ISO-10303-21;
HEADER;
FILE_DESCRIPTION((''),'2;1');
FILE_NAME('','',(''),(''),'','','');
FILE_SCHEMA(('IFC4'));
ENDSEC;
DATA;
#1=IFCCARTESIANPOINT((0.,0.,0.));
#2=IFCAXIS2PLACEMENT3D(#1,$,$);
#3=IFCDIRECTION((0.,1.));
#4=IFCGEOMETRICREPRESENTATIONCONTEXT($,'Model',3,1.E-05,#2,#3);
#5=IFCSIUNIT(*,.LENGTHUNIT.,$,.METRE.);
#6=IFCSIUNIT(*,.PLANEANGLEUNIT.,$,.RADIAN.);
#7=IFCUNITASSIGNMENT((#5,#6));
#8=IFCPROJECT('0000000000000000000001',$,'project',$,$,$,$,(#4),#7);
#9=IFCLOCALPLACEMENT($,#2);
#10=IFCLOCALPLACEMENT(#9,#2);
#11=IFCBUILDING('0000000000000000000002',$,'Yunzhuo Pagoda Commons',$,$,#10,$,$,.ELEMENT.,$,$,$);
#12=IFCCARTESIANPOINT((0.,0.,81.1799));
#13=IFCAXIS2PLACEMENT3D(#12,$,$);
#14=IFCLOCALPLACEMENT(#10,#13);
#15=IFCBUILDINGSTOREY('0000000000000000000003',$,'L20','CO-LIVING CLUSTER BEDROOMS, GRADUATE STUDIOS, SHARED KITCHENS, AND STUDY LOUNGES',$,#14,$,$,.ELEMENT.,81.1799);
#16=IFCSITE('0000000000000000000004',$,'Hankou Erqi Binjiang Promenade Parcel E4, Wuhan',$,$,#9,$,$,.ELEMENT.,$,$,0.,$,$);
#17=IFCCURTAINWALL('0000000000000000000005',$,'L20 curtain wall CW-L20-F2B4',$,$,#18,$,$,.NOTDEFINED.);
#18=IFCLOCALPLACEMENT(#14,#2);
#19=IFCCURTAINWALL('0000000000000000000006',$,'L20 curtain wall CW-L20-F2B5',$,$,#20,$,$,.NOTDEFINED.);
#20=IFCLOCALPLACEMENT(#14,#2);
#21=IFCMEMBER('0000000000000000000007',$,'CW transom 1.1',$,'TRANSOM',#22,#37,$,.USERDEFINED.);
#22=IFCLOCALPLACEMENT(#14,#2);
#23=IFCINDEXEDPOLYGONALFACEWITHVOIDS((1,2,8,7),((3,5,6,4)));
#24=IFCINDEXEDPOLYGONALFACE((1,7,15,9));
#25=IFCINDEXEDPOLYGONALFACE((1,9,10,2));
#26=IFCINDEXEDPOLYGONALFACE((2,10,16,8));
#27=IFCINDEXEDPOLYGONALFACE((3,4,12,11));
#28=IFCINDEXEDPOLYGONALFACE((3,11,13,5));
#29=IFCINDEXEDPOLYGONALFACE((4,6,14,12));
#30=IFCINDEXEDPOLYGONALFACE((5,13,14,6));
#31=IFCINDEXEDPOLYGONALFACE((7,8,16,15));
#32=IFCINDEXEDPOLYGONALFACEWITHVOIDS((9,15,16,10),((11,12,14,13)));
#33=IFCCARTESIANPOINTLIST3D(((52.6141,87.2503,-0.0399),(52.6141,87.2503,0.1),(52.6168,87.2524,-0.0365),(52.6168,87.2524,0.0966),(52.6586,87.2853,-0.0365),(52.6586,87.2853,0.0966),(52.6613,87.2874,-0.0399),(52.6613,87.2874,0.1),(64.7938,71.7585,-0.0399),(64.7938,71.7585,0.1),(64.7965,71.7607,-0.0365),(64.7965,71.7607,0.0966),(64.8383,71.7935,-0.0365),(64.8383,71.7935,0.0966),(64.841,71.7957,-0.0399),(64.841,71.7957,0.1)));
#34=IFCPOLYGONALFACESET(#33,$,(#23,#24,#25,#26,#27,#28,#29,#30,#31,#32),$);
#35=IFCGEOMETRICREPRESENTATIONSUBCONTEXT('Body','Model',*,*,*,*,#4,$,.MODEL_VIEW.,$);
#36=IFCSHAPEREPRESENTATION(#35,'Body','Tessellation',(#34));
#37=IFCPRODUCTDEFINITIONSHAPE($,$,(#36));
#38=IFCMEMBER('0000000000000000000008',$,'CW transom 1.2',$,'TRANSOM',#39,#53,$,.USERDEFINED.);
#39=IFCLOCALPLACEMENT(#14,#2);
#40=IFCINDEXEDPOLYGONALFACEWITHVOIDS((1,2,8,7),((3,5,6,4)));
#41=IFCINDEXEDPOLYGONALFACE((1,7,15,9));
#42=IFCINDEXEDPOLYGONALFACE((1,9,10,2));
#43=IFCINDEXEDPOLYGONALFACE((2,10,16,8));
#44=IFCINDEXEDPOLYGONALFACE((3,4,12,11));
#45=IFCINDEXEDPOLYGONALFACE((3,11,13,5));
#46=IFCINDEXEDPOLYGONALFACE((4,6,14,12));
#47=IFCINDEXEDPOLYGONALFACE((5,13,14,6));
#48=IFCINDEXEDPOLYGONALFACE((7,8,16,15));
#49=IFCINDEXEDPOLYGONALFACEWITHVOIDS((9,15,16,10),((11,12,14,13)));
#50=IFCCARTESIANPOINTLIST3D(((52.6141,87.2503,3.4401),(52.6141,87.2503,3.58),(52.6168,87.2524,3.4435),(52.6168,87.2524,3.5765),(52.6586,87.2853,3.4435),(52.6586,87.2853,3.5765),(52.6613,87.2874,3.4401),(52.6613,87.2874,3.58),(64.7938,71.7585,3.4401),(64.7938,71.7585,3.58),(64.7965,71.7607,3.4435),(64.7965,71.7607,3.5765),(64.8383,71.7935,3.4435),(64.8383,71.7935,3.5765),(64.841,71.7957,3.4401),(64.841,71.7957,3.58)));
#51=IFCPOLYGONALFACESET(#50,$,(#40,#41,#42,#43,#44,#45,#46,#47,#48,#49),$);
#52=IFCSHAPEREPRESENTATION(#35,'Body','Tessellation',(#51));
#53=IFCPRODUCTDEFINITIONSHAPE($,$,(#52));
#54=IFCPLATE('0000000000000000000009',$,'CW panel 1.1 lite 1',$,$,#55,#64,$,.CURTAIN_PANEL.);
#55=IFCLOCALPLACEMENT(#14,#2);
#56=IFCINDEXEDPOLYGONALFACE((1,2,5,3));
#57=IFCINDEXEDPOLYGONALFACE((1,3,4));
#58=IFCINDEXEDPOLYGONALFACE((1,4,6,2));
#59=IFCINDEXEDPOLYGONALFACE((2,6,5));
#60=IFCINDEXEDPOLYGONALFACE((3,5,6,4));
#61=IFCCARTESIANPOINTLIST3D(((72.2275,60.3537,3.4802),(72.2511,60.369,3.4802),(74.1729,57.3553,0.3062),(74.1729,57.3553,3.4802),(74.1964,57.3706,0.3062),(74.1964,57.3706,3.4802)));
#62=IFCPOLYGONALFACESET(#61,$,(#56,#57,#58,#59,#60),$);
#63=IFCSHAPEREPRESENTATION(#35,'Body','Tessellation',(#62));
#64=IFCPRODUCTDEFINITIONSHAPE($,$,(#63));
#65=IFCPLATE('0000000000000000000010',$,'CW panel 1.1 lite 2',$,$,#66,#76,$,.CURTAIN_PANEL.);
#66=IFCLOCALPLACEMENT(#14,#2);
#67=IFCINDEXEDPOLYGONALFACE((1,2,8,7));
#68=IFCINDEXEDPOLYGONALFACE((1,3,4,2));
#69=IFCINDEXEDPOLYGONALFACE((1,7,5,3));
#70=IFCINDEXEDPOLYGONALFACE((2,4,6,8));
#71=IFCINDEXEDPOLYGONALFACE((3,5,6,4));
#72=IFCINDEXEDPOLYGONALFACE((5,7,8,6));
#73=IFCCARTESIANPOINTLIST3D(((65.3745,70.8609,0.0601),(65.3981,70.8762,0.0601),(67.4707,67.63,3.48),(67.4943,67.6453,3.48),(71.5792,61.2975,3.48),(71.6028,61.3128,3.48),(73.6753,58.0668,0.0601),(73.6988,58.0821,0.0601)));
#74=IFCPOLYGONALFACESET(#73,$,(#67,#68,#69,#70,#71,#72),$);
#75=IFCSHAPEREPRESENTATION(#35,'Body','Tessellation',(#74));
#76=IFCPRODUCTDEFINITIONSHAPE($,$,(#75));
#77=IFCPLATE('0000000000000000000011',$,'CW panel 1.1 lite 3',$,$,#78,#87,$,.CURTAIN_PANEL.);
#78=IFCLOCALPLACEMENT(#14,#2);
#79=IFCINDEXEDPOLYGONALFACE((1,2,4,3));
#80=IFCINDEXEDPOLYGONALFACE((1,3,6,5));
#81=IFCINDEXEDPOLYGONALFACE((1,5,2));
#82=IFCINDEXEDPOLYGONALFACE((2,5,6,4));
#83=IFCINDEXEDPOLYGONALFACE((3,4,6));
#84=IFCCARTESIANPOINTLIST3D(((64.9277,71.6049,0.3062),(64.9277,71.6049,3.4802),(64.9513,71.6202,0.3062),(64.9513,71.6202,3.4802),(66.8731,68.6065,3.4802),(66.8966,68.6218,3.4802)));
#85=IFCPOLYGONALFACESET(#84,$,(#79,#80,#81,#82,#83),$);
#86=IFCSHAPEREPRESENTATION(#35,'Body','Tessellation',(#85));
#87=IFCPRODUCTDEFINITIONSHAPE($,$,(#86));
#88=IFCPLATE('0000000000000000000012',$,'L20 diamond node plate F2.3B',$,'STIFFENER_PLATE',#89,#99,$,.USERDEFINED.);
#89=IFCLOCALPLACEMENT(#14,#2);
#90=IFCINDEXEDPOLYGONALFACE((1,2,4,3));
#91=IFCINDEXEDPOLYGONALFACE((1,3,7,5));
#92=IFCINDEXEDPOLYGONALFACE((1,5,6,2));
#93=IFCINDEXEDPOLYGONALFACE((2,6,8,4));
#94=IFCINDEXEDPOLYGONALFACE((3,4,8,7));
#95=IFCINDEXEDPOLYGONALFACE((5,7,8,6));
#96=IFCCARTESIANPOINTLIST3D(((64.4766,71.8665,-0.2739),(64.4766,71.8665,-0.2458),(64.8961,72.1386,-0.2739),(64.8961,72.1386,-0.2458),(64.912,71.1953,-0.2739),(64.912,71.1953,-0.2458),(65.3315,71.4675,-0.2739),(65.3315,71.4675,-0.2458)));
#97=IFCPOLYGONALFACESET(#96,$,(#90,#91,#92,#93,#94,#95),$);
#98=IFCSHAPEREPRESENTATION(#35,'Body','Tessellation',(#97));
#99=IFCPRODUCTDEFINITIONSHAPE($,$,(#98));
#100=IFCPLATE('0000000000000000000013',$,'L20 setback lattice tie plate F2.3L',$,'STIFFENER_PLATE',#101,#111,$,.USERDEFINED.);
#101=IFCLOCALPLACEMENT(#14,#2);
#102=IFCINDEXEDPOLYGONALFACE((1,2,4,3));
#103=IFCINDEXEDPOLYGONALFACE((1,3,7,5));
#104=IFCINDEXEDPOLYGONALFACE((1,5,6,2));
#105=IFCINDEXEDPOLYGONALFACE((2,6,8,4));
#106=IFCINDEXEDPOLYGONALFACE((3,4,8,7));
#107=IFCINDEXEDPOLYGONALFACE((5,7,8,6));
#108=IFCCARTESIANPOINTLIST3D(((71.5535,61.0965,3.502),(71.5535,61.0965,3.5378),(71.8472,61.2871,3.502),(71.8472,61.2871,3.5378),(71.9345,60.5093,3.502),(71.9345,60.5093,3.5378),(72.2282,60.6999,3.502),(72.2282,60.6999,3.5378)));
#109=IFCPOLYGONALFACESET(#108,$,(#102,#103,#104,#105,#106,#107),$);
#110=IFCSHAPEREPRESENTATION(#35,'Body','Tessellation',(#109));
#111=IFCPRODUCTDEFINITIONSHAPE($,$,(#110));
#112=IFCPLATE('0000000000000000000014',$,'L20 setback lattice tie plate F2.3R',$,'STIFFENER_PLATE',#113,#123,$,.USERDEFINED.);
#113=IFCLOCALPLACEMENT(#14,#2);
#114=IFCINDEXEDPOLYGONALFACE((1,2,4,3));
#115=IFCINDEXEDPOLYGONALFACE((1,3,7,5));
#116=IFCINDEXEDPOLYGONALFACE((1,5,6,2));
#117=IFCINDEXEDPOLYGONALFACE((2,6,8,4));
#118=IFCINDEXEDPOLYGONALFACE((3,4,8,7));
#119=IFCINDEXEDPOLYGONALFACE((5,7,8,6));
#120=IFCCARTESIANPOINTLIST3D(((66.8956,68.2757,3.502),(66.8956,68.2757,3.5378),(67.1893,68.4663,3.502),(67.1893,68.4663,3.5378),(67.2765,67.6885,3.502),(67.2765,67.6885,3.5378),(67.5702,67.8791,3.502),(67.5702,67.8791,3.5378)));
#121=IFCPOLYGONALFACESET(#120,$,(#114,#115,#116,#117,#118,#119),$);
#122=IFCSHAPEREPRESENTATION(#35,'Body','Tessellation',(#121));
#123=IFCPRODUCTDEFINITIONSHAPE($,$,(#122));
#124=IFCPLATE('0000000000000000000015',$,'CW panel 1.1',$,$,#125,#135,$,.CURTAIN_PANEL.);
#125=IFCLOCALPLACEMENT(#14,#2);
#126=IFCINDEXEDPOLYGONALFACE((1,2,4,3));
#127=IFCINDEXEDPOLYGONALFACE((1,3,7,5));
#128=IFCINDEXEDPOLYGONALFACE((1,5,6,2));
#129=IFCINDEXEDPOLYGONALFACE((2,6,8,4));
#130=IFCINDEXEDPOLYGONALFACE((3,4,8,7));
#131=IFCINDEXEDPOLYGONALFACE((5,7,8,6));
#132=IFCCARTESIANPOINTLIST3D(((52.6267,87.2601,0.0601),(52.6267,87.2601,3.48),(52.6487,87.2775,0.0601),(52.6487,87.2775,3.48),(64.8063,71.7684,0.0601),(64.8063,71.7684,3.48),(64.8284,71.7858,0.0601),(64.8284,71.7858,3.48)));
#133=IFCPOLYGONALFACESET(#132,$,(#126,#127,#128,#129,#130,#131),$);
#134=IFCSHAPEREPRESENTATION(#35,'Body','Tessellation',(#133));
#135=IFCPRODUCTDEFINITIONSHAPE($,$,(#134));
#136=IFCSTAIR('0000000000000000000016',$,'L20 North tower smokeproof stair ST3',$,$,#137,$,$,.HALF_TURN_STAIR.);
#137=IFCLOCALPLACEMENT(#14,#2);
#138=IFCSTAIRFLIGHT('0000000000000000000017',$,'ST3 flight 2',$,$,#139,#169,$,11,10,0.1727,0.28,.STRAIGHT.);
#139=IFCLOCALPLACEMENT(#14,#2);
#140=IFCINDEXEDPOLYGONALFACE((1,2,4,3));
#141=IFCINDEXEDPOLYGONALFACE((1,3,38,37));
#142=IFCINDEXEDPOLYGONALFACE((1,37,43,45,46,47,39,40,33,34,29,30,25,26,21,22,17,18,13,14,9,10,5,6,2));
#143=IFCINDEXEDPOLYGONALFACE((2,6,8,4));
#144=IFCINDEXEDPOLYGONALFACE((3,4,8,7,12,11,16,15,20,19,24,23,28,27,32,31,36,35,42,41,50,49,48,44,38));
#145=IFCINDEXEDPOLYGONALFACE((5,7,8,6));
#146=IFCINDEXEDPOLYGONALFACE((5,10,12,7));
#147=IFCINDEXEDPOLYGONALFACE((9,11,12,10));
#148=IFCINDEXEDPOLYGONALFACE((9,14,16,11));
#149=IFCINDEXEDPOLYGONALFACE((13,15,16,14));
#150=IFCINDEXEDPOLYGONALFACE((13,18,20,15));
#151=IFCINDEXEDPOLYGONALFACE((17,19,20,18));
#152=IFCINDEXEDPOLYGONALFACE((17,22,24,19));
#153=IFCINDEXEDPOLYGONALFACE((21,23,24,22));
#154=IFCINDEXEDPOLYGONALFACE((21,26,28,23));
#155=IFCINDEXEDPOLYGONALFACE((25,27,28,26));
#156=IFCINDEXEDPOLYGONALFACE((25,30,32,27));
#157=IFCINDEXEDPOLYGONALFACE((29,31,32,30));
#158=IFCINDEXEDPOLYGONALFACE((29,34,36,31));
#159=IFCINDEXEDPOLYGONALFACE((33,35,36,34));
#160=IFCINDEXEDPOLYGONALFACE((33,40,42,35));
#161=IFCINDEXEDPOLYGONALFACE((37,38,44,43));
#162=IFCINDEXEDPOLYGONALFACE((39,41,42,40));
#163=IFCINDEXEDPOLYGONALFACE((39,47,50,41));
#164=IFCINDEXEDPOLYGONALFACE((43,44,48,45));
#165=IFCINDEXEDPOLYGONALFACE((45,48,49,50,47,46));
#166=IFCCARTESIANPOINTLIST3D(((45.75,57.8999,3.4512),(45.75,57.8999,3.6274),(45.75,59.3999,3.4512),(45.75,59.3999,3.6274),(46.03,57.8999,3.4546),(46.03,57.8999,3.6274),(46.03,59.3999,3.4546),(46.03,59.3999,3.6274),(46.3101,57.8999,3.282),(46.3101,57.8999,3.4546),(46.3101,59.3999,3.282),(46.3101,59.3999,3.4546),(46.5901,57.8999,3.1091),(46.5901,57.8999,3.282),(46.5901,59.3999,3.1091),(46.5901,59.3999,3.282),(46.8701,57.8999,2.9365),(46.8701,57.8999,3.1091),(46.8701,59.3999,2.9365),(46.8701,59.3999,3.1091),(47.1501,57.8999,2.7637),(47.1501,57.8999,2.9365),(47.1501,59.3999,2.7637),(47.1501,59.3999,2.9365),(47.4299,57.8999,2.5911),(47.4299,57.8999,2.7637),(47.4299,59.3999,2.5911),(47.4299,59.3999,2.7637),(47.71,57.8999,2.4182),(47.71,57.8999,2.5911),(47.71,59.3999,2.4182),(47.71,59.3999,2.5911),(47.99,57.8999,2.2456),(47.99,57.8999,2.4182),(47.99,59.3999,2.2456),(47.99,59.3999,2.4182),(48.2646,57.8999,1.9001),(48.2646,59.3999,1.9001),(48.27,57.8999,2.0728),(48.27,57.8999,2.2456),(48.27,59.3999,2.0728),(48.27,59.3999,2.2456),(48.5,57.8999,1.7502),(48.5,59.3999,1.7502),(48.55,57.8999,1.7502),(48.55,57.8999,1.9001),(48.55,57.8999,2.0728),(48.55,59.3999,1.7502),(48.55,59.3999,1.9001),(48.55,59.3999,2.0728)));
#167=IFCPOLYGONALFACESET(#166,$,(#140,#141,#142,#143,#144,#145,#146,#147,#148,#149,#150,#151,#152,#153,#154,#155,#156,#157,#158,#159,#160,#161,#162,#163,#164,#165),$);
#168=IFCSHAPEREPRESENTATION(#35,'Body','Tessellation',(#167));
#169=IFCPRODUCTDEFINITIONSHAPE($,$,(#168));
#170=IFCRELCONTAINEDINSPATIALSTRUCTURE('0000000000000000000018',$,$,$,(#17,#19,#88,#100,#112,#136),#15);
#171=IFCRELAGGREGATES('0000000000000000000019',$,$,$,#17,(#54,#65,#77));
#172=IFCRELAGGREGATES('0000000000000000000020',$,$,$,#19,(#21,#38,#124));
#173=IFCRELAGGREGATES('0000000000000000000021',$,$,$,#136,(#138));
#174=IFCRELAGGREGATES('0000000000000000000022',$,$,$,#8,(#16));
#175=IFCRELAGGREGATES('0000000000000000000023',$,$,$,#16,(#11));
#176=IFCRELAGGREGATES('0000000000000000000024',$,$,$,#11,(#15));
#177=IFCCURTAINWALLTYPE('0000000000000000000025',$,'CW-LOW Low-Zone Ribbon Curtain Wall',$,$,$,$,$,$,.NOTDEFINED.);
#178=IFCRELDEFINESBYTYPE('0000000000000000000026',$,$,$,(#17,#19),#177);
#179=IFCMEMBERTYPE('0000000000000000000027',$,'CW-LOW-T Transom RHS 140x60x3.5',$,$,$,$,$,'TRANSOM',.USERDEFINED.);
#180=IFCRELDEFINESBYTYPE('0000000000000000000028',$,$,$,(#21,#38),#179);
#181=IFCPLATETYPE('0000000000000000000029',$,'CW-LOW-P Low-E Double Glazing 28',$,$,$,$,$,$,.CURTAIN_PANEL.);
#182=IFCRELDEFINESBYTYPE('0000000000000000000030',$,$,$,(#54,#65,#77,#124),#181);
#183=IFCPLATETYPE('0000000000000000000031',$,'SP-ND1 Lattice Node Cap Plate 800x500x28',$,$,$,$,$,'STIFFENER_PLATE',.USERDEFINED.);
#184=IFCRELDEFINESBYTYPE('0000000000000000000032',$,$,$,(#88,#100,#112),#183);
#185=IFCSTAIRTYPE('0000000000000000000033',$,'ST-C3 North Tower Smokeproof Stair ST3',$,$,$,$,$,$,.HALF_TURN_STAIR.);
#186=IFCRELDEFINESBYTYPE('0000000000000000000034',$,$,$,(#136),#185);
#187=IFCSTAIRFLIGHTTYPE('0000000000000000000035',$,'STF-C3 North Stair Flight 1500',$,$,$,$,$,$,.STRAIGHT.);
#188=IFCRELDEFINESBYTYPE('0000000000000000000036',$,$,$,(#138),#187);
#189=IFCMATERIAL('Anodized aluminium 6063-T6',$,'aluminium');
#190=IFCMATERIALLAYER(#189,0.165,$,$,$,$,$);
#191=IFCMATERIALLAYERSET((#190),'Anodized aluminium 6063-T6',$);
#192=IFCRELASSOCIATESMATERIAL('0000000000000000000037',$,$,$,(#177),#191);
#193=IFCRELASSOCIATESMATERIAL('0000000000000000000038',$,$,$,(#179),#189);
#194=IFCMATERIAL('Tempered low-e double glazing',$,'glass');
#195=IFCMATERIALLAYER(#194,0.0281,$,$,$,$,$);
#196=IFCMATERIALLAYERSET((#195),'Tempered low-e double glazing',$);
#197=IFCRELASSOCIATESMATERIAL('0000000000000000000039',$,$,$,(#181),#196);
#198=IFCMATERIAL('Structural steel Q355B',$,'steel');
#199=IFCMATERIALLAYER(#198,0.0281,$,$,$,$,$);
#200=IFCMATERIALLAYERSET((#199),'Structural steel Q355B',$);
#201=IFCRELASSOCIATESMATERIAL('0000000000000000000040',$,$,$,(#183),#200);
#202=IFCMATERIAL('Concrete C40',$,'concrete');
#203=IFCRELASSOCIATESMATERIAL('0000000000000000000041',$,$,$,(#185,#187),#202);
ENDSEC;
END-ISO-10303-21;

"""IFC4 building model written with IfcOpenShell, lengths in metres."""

from ifc_helpers import new_model, si_unit, direction, frame, origin, origin_2d, place, context, subcontext, project, spatial, polyline, rectangle, hollow_rectangle, outline, extrude, source, transform, mapped, material, layer, layer_set, material_profile, profile_set, type_object, element, aggregate, save


model = new_model("IFC4")

# Units and contexts
model_context = context("Model", 3, precision=1e-05, world=origin(), true_north=direction((0.0, 1.0)))
body_context = subcontext(model_context, "Body", "Model", "MODEL_VIEW")
ifc_project = project(units=[si_unit("LENGTHUNIT", "METRE"), si_unit("PLANEANGLEUNIT", "RADIAN")], contexts=[model_context])

# Site, building, storey
site_placement = place(None, origin())
site = spatial("IfcSite", under=ifc_project, at=site_placement, Name="Hankou Erqi Binjiang Promenade Parcel E4, Wuhan", CompositionType="ELEMENT", RefElevation=0.0)
building_placement = place(site_placement, origin())
building = spatial("IfcBuilding", under=site, at=building_placement, Name="Yunzhuo Pagoda Commons", CompositionType="ELEMENT")
storey_placement = place(building_placement, frame((0.0, 0.0, 81.1799)))
storey = spatial("IfcBuildingStorey", under=building, at=storey_placement, Name="L20", Description="CO-LIVING CLUSTER BEDROOMS, GRADUATE STUDIOS, SHARED KITCHENS, AND STUDY LOUNGES", CompositionType="ELEMENT", Elevation=81.1799)

# Shared definitions
ifc_material_1 = material(Name="Structural steel Q355B", Category="steel")

# Curtain wall
ifc_material_2 = material(Name="Anodized aluminium 6063-T6", Category="aluminium")
ifc_layer_1 = layer(ifc_material_2, 0.165)
ifc_layer_set_1 = layer_set([ifc_layer_1], Name="Anodized aluminium 6063-T6")
curtain_wall_type = type_object("IfcCurtainWallType", Name="CW-LOW Low-Zone Ribbon Curtain Wall", PredefinedType="NOTDEFINED", material=ifc_layer_set_1)
curtain_wall_1_placement = place(storey_placement, origin())
curtain_wall_1 = element("IfcCurtainWall", 1, at=curtain_wall_1_placement, inside=storey, type_object=curtain_wall_type, Name="L20 curtain wall CW-L20-F2B4", PredefinedType="NOTDEFINED")

# Curtain wall, members
curtain_wall_2_placement = place(storey_placement, origin())
curtain_wall_2 = element("IfcCurtainWall", 2, at=curtain_wall_2_placement, inside=storey, type_object=curtain_wall_type, Name="L20 curtain wall CW-L20-F2B5", PredefinedType="NOTDEFINED")
ifc_material_profile_1 = material_profile(ifc_material_2, hollow_rectangle(XDim=0.0601, YDim=0.1399, WallThickness=0.0034, at=origin_2d()), Name="Anodized aluminium 6063-T6")
ifc_profile_set_1 = profile_set([ifc_material_profile_1], Name="Anodized aluminium 6063-T6")
member_type_1 = type_object("IfcMemberType", Name="CW-LOW-T Transom RHS 140x60x3.5", ElementType="TRANSOM", PredefinedType="USERDEFINED", material=ifc_profile_set_1)
shared_shape_1 = source(origin(), body_context, "Body", "SweptSolid", [
    extrude(hollow_rectangle(XDim=0.0601, YDim=0.1399, WallThickness=0.0034, at=origin_2d()), origin(), (0.0, 0.0, 1.0), 19.7063),
])
member_1_placement = place(storey_placement, frame((64.8174, 71.7771, 0.03), z_axis=(-0.618061, 0.78613, 0.0), x_axis=(-0.78613, -0.618061, 0.0)))
member_1 = element("IfcMember", 3, at=member_1_placement, type_object=member_type_1, Name="CW transom 1.1", ObjectType="TRANSOM", PredefinedType="USERDEFINED", context=body_context, shape_type="MappedRepresentation", body=[
    mapped(shared_shape_1, transform((0.0, 0.0, 0.0), scale=1.0)),
])
member_2_placement = place(storey_placement, frame((64.8174, 71.7771, 3.51), z_axis=(-0.618061, 0.78613, 0.0), x_axis=(-0.78613, -0.618061, 0.0)))
member_2 = element("IfcMember", 4, at=member_2_placement, type_object=member_type_1, Name="CW transom 1.2", ObjectType="TRANSOM", PredefinedType="USERDEFINED", context=body_context, shape_type="MappedRepresentation", body=[
    mapped(shared_shape_1, transform((0.0, 0.0, 0.0), scale=1.0)),
])

# Plates
ifc_material_3 = material(Name="Tempered low-e double glazing", Category="glass")
ifc_layer_2 = layer(ifc_material_3, 0.0281)
ifc_layer_set_2 = layer_set([ifc_layer_2], Name="Tempered low-e double glazing")
plate_type_1 = type_object("IfcPlateType", Name="CW-LOW-P Low-E Double Glazing 28", PredefinedType="CURTAIN_PANEL", material=ifc_layer_set_2)
plate_1_placement = place(storey_placement, frame((73.2002, 58.8545, 1.8931), z_axis=(0.838907, 0.544275, 0.0), x_axis=(-0.544275, 0.838907, 0.0)))
plate_1 = element("IfcPlate", 5, at=plate_1_placement, type_object=plate_type_1, Name="CW panel 1.1 lite 1", PredefinedType="CURTAIN_PANEL", context=body_context, shape_type="SweptSolid", body=[
    extrude(outline(polyline([(-1.7871, -1.5869), (1.7871, 1.5872), (-1.7871, 1.5872), (-1.7871, -1.5869)])), origin(), (0.0, 0.0, 1.0), 0.0281),
])
plate_2_placement = place(storey_placement, frame((69.5249, 64.4639, 1.77), z_axis=(0.838907, 0.544275, 0.0), x_axis=(-0.544275, 0.838907, 0.0)))
plate_2 = element("IfcPlate", 6, at=plate_2_placement, type_object=plate_type_1, Name="CW panel 1.1 lite 2", PredefinedType="CURTAIN_PANEL", context=body_context, shape_type="SweptSolid", body=[
    extrude(outline(polyline([(-7.6255, -1.71), (7.6255, -1.71), (3.7742, 1.71), (-3.7744, 1.71), (-7.6255, -1.71)])), origin(), (0.0, 0.0, 1.0), 0.0281),
])
plate_3_placement = place(storey_placement, frame((65.9004, 70.1057, 1.8931), z_axis=(0.838907, 0.544275, 0.0), x_axis=(-0.544275, 0.838907, 0.0)))
plate_3 = element("IfcPlate", 7, at=plate_3_placement, type_object=plate_type_1, Name="CW panel 1.1 lite 3", PredefinedType="CURTAIN_PANEL", context=body_context, shape_type="SweptSolid", body=[
    extrude(outline(polyline([(-1.7871, 1.5872), (1.7871, -1.5869), (1.7871, 1.5872), (-1.7871, 1.5872)])), origin(), (0.0, 0.0, 1.0), 0.0281),
])
aggregate(curtain_wall_1, [plate_1, plate_2, plate_3])

# Plates
ifc_layer_3 = layer(ifc_material_1, 0.0281)
ifc_layer_set_3 = layer_set([ifc_layer_3], Name="Structural steel Q355B")
plate_type_2 = type_object("IfcPlateType", Name="SP-ND1 Lattice Node Cap Plate 800x500x28", ElementType="STIFFENER_PLATE", PredefinedType="USERDEFINED", material=ifc_layer_set_3)
shared_shape_2 = source(origin(), body_context, "Body", "SweptSolid", [
    extrude(rectangle(XDim=0.8, YDim=0.5, at=origin_2d()), origin(), (0.0, 0.0, 1.0), 0.0281),
])
plate_4_placement = place(storey_placement, frame((64.9041, 71.667, -0.2739), z_axis=(0.0, 0.0, 1.0), x_axis=(-0.544273, 0.838908, 0.0)))
element("IfcPlate", 8, at=plate_4_placement, inside=storey, type_object=plate_type_2, Name="L20 diamond node plate F2.3B", ObjectType="STIFFENER_PLATE", PredefinedType="USERDEFINED", context=body_context, shape_type="MappedRepresentation", body=[
    mapped(shared_shape_2, transform((0.0, 0.0, 0.0), scale=1.0)),
])
shared_shape_3 = source(origin(), body_context, "Body", "SweptSolid", [
    extrude(rectangle(XDim=0.7, YDim=0.3501, at=origin_2d()), origin(), (0.0, 0.0, 1.0), 0.0359),
])
for number, where, z_axis, x_axis, name in (
    (9, (71.8909, 60.8982, 3.502), (0.0, 0.0, 1.0), (-0.544273, 0.838908, 0.0), "L20 setback lattice tie plate F2.3L"),
    (10, (67.2329, 68.0774, 3.502), (0.0, 0.0, 1.0), (-0.544273, 0.838908, 0.0), "L20 setback lattice tie plate F2.3R"),
):
    element("IfcPlate", number, at=place(storey_placement, frame(where, z_axis=z_axis, x_axis=x_axis)), inside=storey, type_object=plate_type_2, Name=name, ObjectType="STIFFENER_PLATE", PredefinedType="USERDEFINED", context=body_context, shape_type="MappedRepresentation", body=[
        mapped(shared_shape_3, transform((0.0, 0.0, 0.0), scale=1.0)),
    ])

# Plate
shared_shape_4 = source(origin(), body_context, "Body", "SweptSolid", [
    extrude(rectangle(XDim=19.7063, YDim=0.0281, at=origin_2d()), origin(), (0.0, 0.0, 1.0), 3.4199),
])
plate_5_placement = place(storey_placement, frame((58.7275, 79.5229, 0.0601), z_axis=(0.0, 0.0, 1.0), x_axis=(-0.61806, 0.786131, 0.0)))
plate_5 = element("IfcPlate", 11, at=plate_5_placement, type_object=plate_type_1, Name="CW panel 1.1", PredefinedType="CURTAIN_PANEL", context=body_context, shape_type="MappedRepresentation", body=[
    mapped(shared_shape_4, transform((0.0, 0.0, 0.0), scale=1.0)),
])
aggregate(curtain_wall_2, [member_1, member_2, plate_5])

# Stair, stair flight
ifc_material_4 = material(Name="Concrete C40", Category="concrete")
stair_type = type_object("IfcStairType", Name="ST-C3 North Tower Smokeproof Stair ST3", PredefinedType="HALF_TURN_STAIR", material=ifc_material_4)
stair_placement = place(storey_placement, origin())
stair = element("IfcStair", 12, at=stair_placement, inside=storey, type_object=stair_type, Name="L20 North tower smokeproof stair ST3", PredefinedType="HALF_TURN_STAIR")
stair_flight_type = type_object("IfcStairFlightType", Name="STF-C3 North Stair Flight 1500", PredefinedType="STRAIGHT", material=ifc_material_4)
shared_shape_5 = source(origin(), body_context, "Body", "SweptSolid", [
    extrude(outline(polyline([(0.0, -0.1499), (0.0, 0.0), (0.0, 0.1726), (0.28, 0.1726), (0.28, 0.3455), (0.5601, 0.3455), (0.5601, 0.5181), (0.8401, 0.5181), (0.8401, 0.6909), (1.1201, 0.6909), (1.1201, 0.8635), (1.3999, 0.8635), (1.3999, 1.0364), (1.6799, 1.0364), (1.6799, 1.209), (1.96, 1.209), (1.96, 1.3818), (2.24, 1.3818), (2.24, 1.5544), (2.52, 1.5544), (2.52, 1.7273), (2.8, 1.7273), (2.8, 1.8999), (2.8, 1.551), (0.2854, 0.0), (0.05, -0.1499), (0.0, -0.1499)])), frame((0.0, 0.75, 0.0), z_axis=(0.0, -1.0, 0.0), x_axis=(1.0, 0.0, 0.0)), (0.0, 0.0, 1.0), 1.5),
])
stair_flight_placement = place(storey_placement, frame((48.55, 58.6499, 1.9001), z_axis=(0.0, 0.0, 1.0), x_axis=(-1.0, 0.0, 0.0)))
stair_flight = element("IfcStairFlight", 13, at=stair_flight_placement, type_object=stair_flight_type, Name="ST3 flight 2", NumberOfRisers=11, NumberOfTreads=10, PredefinedType="STRAIGHT", RiserHeight=0.1727, TreadLength=0.28, context=body_context, shape_type="MappedRepresentation", body=[
    mapped(shared_shape_5, transform((0.0, 0.0, 0.0), scale=1.0)),
])
aggregate(stair, [stair_flight])

save(model, "model.ifc")
